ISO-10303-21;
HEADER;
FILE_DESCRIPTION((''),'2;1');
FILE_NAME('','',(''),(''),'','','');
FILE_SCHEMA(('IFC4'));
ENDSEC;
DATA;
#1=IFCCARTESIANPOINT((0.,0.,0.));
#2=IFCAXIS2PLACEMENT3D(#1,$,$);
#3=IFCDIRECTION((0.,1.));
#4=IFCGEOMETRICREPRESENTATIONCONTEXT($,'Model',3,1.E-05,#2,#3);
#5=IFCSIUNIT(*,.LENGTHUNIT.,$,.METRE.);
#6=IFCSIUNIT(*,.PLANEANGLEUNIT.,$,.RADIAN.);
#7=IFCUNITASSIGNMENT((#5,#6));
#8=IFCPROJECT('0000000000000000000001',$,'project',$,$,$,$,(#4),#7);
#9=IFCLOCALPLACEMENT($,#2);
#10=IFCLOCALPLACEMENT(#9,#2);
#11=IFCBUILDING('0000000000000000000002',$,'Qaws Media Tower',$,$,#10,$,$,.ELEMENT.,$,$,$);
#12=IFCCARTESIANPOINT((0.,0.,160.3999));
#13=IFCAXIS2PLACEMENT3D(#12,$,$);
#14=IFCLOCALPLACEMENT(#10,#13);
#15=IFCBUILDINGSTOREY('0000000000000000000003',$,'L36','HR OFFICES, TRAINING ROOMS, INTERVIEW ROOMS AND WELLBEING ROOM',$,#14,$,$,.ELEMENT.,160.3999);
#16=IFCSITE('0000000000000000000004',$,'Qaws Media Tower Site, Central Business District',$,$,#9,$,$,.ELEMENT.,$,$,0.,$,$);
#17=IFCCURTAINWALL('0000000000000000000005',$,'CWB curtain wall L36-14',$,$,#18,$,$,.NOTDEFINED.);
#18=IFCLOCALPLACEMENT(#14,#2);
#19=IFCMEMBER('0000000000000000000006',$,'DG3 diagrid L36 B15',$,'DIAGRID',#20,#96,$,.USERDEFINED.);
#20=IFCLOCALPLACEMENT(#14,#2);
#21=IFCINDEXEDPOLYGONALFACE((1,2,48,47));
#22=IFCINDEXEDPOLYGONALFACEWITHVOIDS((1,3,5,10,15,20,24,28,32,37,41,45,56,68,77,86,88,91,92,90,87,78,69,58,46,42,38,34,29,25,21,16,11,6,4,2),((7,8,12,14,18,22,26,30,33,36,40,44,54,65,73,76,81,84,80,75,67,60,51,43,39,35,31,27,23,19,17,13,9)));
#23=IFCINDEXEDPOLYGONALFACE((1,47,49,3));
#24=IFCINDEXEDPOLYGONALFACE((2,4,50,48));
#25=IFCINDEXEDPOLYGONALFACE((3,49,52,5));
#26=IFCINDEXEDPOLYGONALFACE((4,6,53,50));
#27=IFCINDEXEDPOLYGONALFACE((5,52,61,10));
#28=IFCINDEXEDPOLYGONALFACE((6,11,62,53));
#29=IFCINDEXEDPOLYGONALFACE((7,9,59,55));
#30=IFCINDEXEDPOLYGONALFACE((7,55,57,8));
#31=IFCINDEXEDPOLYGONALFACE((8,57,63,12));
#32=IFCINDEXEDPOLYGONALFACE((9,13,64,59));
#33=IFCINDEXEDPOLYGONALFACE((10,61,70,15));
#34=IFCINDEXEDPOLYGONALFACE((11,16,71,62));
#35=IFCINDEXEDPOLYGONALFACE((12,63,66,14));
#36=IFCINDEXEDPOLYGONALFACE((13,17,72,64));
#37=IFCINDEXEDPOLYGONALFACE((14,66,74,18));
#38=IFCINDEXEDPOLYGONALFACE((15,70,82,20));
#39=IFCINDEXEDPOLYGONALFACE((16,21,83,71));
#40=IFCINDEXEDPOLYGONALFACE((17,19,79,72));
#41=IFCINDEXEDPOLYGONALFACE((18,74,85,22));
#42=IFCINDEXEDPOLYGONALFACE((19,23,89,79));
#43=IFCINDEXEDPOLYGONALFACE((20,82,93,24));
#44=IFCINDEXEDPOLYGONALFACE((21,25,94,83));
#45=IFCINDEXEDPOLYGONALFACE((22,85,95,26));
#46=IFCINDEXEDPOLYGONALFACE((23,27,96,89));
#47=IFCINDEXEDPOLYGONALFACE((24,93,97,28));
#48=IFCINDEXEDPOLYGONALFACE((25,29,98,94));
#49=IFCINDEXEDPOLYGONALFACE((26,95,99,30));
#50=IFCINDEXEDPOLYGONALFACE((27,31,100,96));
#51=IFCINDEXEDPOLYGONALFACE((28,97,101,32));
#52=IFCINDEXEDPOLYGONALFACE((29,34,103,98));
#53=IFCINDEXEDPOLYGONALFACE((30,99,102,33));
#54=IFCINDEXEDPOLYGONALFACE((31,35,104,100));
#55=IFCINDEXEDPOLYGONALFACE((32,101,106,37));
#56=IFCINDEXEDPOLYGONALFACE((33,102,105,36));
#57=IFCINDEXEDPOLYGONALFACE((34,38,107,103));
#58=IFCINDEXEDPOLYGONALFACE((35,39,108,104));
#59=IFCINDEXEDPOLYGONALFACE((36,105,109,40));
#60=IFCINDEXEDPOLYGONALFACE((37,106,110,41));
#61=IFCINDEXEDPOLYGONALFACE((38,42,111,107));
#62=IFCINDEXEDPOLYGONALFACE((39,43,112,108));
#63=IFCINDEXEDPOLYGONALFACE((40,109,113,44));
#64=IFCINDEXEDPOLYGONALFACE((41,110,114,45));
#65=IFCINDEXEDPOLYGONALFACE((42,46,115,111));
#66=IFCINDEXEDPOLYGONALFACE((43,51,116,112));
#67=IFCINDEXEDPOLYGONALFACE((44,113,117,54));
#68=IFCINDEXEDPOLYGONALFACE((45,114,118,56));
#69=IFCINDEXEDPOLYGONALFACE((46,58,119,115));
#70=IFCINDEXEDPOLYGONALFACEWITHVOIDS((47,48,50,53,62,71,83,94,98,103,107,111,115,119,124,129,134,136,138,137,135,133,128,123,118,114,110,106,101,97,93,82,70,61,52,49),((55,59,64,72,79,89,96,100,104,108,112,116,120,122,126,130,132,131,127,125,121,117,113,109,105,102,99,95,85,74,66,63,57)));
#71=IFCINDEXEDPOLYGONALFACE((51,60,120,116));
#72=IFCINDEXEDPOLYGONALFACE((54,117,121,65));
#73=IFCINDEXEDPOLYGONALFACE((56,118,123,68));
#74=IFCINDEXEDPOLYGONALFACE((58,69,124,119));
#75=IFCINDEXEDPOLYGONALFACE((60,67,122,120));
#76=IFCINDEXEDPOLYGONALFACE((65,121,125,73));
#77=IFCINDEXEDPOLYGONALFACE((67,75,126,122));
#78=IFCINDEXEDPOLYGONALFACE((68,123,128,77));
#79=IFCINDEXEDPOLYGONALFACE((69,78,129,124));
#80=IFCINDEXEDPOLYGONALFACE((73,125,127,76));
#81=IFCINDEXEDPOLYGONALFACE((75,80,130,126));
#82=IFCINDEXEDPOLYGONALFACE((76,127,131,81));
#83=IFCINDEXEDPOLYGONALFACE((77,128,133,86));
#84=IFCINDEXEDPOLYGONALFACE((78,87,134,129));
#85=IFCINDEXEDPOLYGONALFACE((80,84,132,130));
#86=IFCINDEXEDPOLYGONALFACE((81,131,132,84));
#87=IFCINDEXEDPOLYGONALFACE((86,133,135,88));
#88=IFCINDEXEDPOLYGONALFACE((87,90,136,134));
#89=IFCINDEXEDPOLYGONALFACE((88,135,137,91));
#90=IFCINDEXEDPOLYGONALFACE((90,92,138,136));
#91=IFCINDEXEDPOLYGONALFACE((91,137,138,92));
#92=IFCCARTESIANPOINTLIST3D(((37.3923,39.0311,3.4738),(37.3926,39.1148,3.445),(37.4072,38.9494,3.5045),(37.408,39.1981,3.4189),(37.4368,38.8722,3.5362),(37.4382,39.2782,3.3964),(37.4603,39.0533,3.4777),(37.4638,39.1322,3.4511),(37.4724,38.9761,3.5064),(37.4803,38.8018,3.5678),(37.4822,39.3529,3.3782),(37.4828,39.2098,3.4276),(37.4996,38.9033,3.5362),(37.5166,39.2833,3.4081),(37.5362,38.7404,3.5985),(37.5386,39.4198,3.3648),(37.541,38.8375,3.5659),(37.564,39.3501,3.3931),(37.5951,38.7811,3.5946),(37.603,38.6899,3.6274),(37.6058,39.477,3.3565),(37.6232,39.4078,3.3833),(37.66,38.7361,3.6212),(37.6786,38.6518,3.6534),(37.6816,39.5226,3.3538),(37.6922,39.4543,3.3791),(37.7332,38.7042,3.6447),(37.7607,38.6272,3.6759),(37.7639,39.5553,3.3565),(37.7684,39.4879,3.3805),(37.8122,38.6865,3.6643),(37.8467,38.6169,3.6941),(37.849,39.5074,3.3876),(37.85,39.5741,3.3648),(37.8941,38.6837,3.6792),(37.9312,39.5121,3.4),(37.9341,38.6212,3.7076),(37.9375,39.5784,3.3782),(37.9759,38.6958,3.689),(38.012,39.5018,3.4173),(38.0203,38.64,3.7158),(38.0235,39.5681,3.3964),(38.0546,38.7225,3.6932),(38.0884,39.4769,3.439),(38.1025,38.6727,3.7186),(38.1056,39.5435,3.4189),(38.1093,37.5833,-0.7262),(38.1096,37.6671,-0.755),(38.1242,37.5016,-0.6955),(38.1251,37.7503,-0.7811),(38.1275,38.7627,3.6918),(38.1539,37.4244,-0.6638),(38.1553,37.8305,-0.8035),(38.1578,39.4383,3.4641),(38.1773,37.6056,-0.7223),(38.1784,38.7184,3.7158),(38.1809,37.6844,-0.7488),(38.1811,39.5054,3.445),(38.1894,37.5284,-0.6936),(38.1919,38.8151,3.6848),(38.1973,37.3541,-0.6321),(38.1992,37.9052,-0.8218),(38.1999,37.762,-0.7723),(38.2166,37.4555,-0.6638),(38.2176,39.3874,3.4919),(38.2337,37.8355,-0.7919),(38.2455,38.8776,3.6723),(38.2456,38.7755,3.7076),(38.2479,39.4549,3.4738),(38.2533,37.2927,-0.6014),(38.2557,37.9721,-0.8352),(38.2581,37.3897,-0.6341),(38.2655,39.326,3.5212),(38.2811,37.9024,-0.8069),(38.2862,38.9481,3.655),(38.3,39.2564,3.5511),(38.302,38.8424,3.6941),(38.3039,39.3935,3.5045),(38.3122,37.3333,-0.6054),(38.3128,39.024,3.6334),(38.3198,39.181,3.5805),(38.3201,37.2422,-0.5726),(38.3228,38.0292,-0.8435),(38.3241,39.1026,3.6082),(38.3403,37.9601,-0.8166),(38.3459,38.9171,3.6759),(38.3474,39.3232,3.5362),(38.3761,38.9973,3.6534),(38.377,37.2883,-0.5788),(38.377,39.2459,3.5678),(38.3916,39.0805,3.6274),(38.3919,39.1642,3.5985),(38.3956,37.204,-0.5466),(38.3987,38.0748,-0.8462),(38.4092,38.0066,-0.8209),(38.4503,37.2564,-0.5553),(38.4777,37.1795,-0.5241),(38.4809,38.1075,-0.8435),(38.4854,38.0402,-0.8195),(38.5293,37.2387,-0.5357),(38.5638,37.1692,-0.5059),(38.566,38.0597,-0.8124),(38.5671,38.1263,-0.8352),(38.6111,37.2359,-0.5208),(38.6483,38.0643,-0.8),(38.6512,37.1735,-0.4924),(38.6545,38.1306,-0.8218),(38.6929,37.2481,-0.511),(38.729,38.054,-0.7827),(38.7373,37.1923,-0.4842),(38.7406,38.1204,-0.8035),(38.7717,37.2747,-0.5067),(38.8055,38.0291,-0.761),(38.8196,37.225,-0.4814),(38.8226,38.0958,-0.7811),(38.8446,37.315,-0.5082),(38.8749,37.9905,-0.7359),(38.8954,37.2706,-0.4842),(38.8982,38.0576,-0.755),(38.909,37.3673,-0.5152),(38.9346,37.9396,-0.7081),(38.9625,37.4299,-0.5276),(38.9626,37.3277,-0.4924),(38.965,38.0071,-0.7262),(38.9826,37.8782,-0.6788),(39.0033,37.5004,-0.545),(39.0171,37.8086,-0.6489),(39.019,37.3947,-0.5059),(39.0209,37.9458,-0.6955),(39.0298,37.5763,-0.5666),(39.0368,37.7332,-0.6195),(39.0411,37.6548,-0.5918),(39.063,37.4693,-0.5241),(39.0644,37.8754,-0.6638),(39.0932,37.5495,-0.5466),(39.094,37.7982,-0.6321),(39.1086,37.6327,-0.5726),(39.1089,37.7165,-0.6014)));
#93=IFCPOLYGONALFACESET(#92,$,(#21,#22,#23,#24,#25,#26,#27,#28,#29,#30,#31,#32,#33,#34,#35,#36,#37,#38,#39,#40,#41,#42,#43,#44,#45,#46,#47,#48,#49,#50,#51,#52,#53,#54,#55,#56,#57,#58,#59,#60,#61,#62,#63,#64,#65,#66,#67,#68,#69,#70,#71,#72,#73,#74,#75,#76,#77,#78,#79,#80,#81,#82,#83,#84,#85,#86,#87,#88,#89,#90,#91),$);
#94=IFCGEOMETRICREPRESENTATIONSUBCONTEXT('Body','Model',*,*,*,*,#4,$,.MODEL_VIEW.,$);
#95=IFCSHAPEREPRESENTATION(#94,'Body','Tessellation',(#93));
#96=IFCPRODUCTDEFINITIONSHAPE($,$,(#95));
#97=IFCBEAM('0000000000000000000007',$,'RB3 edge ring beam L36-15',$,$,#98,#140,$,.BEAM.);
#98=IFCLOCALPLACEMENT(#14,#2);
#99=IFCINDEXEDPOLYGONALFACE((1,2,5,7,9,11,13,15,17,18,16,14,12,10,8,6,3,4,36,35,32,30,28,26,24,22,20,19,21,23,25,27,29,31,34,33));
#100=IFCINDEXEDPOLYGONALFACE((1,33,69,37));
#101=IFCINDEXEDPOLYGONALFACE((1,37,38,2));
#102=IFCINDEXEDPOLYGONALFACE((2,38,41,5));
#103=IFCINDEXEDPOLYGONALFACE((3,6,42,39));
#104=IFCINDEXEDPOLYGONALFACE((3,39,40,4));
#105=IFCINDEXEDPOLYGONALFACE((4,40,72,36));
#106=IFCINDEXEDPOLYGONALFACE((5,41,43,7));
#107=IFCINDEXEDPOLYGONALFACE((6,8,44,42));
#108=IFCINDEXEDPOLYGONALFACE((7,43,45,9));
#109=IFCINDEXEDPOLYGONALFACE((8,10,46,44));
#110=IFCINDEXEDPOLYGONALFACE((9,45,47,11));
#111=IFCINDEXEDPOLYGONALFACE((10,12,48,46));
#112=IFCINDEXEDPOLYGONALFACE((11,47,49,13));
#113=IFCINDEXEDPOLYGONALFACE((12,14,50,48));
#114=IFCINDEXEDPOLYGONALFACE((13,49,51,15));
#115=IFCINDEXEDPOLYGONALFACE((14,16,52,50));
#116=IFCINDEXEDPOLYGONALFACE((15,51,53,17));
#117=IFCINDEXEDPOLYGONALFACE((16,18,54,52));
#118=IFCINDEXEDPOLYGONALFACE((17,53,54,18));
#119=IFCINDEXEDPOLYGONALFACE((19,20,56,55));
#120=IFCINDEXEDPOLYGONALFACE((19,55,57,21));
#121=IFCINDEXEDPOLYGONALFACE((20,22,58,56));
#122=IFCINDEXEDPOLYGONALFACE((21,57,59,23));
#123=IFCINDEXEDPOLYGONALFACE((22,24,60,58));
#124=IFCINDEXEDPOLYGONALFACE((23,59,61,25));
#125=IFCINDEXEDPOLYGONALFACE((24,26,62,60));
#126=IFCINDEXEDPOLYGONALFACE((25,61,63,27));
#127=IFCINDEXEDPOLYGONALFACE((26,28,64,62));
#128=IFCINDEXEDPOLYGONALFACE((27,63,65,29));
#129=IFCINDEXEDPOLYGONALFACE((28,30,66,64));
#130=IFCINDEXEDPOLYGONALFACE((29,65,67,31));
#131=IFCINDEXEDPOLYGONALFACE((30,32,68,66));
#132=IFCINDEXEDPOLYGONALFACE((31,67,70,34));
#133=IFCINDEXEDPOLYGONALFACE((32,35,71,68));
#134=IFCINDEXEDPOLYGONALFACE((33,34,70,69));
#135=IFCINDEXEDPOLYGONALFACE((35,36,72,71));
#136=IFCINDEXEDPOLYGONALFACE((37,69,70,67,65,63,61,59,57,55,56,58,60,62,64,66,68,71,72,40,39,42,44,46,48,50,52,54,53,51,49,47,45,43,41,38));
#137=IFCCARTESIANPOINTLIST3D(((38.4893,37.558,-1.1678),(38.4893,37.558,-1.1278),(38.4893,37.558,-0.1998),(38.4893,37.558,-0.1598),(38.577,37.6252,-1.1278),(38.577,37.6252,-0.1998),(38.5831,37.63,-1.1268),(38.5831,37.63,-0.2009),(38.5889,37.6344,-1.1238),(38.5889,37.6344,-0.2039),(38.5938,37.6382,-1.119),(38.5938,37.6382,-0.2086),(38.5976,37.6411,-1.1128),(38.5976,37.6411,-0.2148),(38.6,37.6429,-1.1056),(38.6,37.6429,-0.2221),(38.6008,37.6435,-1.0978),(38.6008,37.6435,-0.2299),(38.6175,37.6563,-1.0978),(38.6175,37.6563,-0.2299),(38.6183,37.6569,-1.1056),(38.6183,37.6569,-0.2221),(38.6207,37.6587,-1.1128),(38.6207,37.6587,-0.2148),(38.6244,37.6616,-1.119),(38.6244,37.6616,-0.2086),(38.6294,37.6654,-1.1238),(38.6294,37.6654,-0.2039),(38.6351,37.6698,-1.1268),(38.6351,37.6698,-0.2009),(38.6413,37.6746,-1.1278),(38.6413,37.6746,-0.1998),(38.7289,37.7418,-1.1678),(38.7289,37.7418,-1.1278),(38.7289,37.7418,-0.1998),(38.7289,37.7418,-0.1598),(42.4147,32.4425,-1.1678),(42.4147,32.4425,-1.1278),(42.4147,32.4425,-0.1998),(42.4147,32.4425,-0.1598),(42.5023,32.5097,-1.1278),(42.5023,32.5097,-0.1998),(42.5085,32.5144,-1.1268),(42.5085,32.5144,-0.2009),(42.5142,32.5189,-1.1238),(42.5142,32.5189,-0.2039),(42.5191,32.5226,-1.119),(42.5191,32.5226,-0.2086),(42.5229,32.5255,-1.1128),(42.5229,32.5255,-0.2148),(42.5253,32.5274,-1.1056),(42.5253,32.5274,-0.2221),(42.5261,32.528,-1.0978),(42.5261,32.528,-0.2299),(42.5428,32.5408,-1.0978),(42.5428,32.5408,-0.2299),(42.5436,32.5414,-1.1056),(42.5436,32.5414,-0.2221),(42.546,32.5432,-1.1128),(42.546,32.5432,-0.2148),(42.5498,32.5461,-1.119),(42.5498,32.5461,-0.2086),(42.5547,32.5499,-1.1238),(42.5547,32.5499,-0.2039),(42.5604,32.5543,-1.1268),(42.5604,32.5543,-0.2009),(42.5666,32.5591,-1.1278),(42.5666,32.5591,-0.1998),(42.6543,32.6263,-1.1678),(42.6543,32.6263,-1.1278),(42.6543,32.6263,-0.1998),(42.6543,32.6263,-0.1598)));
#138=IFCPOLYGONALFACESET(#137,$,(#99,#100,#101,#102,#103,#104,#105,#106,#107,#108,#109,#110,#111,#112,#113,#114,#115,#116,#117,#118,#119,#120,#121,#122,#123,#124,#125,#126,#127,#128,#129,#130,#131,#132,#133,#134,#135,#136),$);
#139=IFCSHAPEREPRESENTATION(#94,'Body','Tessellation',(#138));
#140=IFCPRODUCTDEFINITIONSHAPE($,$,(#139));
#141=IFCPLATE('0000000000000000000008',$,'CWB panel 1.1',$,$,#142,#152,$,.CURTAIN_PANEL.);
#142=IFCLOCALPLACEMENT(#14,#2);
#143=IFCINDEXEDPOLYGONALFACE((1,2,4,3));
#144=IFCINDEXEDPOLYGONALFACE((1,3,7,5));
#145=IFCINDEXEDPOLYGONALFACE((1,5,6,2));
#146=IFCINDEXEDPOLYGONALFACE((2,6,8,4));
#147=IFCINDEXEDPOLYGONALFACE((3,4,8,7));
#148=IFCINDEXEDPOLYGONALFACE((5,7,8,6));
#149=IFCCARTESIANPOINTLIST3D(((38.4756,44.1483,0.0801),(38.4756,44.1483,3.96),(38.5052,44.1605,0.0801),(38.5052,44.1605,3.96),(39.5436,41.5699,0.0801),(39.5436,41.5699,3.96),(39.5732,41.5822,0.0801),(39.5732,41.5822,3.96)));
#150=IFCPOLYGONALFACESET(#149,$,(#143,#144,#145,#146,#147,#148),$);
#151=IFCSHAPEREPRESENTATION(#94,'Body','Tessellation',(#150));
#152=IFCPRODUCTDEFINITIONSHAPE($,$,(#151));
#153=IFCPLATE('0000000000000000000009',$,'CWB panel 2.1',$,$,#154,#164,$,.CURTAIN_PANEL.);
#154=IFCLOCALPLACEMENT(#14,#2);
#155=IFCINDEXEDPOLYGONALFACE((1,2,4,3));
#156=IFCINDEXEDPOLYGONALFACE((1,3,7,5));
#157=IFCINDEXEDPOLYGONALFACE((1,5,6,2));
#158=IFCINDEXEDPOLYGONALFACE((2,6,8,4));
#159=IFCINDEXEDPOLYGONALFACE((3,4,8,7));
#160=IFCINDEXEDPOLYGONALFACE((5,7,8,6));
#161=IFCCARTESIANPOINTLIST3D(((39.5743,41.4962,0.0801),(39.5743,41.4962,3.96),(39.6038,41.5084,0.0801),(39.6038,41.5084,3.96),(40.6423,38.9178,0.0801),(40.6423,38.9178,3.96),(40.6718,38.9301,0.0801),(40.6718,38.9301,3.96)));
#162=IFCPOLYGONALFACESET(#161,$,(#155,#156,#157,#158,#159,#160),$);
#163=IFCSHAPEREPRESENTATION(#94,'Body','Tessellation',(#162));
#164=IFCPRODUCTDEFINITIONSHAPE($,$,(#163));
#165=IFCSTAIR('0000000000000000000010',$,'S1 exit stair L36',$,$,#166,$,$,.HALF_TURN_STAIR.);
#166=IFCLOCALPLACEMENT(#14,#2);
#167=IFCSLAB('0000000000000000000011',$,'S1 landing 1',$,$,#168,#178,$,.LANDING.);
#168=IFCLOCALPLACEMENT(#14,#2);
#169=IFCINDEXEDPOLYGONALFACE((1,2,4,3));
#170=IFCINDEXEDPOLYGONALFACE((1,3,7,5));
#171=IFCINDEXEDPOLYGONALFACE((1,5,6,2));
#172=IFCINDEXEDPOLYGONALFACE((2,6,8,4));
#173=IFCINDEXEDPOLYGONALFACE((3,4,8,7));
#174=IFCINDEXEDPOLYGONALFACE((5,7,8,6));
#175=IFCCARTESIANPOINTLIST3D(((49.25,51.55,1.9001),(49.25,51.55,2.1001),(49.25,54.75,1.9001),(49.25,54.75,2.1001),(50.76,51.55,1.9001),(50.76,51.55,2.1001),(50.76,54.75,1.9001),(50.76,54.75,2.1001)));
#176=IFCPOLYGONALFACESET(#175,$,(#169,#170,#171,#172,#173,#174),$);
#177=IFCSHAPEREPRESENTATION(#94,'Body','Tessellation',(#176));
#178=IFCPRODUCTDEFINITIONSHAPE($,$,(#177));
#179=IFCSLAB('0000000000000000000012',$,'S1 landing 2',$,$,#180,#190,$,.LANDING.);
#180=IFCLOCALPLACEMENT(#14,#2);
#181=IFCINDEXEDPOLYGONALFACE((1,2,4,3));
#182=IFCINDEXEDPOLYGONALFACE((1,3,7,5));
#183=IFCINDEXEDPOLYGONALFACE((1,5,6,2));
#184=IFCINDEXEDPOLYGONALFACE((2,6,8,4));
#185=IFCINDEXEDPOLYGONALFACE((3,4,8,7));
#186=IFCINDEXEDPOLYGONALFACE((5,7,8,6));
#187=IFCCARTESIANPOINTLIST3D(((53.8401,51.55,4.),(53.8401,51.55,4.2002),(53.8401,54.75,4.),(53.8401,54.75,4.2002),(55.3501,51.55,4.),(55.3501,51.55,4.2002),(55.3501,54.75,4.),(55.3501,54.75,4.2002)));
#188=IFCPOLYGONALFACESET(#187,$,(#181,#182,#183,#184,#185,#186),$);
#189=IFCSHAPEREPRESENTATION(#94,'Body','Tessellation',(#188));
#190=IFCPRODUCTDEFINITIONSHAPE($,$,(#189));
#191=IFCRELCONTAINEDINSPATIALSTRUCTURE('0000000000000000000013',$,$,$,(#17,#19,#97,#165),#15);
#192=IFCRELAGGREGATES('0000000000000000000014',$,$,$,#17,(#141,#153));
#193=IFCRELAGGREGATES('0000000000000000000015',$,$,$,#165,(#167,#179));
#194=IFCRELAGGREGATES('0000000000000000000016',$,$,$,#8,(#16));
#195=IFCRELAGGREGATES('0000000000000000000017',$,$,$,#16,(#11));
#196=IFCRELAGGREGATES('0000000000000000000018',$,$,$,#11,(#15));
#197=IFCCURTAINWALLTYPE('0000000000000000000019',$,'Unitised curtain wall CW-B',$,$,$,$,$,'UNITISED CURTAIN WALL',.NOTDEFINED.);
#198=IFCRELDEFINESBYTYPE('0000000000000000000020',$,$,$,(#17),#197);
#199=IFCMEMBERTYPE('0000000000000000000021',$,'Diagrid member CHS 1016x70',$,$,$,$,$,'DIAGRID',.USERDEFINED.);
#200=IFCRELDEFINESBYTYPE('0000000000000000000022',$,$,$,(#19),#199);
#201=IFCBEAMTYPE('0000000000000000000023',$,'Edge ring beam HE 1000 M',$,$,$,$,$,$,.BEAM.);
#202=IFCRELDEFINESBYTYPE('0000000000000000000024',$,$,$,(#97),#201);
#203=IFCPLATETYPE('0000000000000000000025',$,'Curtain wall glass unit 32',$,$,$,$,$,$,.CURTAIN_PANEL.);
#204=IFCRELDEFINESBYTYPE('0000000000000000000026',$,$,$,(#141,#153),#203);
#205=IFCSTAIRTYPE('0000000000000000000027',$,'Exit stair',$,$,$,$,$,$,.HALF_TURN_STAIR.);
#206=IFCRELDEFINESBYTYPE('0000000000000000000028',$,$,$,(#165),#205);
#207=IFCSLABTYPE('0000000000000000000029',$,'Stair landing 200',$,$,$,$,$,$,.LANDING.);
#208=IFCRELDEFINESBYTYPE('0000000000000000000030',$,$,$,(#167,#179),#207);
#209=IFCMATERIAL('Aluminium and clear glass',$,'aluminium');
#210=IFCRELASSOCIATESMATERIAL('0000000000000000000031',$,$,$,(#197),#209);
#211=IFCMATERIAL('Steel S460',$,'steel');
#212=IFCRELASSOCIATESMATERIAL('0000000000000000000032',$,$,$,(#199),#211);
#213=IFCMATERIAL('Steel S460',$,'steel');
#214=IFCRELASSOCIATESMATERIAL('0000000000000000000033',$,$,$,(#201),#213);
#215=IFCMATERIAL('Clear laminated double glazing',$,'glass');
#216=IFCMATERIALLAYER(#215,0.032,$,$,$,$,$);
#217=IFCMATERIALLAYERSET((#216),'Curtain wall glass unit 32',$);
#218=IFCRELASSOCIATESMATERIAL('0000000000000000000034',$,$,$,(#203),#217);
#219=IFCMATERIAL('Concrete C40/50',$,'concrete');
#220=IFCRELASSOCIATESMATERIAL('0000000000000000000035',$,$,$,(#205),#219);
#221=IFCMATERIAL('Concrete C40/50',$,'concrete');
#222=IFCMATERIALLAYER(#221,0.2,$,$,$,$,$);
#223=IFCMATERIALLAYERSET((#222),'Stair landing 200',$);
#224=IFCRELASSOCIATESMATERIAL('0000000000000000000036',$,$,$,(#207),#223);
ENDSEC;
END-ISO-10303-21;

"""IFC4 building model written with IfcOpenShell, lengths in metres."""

from ifc_helpers import new_model, si_unit, direction, frame, origin, origin_2d, place, context, subcontext, project, spatial, polyline, rectangle, hollow_circle, i_section, outline, extrude, material, layer, layer_set, material_profile, profile_set, type_object, element, aggregate, save


model = new_model("IFC4")

# Units and contexts
model_context = context("Model", 3, precision=1e-05, world=origin(), true_north=direction((0.0, 1.0)))
body_context = subcontext(model_context, "Body", "Model", "MODEL_VIEW")
ifc_project = project(units=[si_unit("LENGTHUNIT", "METRE"), si_unit("PLANEANGLEUNIT", "RADIAN")], contexts=[model_context])

# Site, building, storey
site_placement = place(None, origin())
site = spatial("IfcSite", under=ifc_project, at=site_placement, Name="Qaws Media Tower Site, Central Business District", CompositionType="ELEMENT", RefElevation=0.0)
building_placement = place(site_placement, origin())
building = spatial("IfcBuilding", under=site, at=building_placement, Name="Qaws Media Tower", CompositionType="ELEMENT")
storey_placement = place(building_placement, frame((0.0, 0.0, 160.3999)))
storey = spatial("IfcBuildingStorey", under=building, at=storey_placement, Name="L36", Description="HR OFFICES, TRAINING ROOMS, INTERVIEW ROOMS AND WELLBEING ROOM", CompositionType="ELEMENT", Elevation=160.3999)

# Curtain wall
ifc_material_1 = material(Name="Aluminium and clear glass", Category="aluminium")
curtain_wall_type = type_object("IfcCurtainWallType", Name="Unitised curtain wall CW-B", ElementType="UNITISED CURTAIN WALL", PredefinedType="NOTDEFINED", material=ifc_material_1)
curtain_wall_placement = place(storey_placement, origin())
curtain_wall = element("IfcCurtainWall", 1, at=curtain_wall_placement, inside=storey, type_object=curtain_wall_type, Name="CWB curtain wall L36-14", PredefinedType="NOTDEFINED")

# Member
ifc_material_2 = material(Name="Steel S460", Category="steel")
ifc_material_profile_1 = material_profile(ifc_material_2, hollow_circle(Radius=0.5081, WallThickness=0.0701, at=origin_2d()), Name="CHS 1016x70")
ifc_profile_set_1 = profile_set([ifc_material_profile_1], Name="Steel S460")
member_type_1 = type_object("IfcMemberType", Name="Diagrid member CHS 1016x70", ElementType="DIAGRID", PredefinedType="USERDEFINED", material=ifc_profile_set_1)
for number, where, z_axis, x_axis, name in (
    (2, (38.6091, 37.6499, -0.6638), (-0.159344, 0.321725, 0.933329), (-0.896113, -0.443825, 0.0), "DG3 diagrid L36 B15"),
):
    element("IfcMember", number, at=place(storey_placement, frame(where, z_axis=z_axis, x_axis=x_axis)), inside=storey, type_object=member_type_1, Name=name, ObjectType="DIAGRID", PredefinedType="USERDEFINED", context=body_context, shape_type="SweptSolid", body=[
        extrude(hollow_circle(Radius=0.5081, WallThickness=0.0701, at=origin_2d()), origin(), (0.0, 0.0, 1.0), 4.5),
    ])

# Beam
ifc_material_3 = material(Name="Steel S460", Category="steel")
ifc_material_profile_2 = material_profile(ifc_material_3, i_section(OverallWidth=0.302, OverallDepth=1.0081, WebThickness=0.021, FlangeThickness=0.04, FilletRadius=0.03, at=origin_2d()), Name="HE 1000 M")
ifc_profile_set_2 = profile_set([ifc_material_profile_2], Name="Steel S460")
beam_type = type_object("IfcBeamType", Name="Edge ring beam HE 1000 M", PredefinedType="BEAM", material=ifc_profile_set_2)
beam_placement = place(storey_placement, frame((38.6091, 37.6499, -0.6638), z_axis=(0.608766, -0.79335, 0.0), x_axis=(0.79335, 0.608766, 0.0)))
element("IfcBeam", 3, at=beam_placement, inside=storey, type_object=beam_type, Name="RB3 edge ring beam L36-15", PredefinedType="BEAM", context=body_context, shape_type="SweptSolid", body=[
    extrude(i_section(OverallWidth=0.302, OverallDepth=1.0081, WebThickness=0.021, FlangeThickness=0.04, FilletRadius=0.03, at=origin_2d()), origin(), (0.0, 0.0, 1.0), 6.448),
])

# Plates
ifc_material_4 = material(Name="Clear laminated double glazing", Category="glass")
ifc_layer_1 = layer(ifc_material_4, 0.032)
ifc_layer_set_1 = layer_set([ifc_layer_1], Name="Curtain wall glass unit 32")
plate_type = type_object("IfcPlateType", Name="Curtain wall glass unit 32", PredefinedType="CURTAIN_PANEL", material=ifc_layer_set_1)
plate_1_placement = place(storey_placement, frame((39.0244, 42.8652, 0.0801), z_axis=(0.0, 0.0, 1.0), x_axis=(0.382683, -0.92388, 0.0)))
plate_1 = element("IfcPlate", 4, at=plate_1_placement, type_object=plate_type, Name="CWB panel 1.1", PredefinedType="CURTAIN_PANEL", context=body_context, shape_type="SweptSolid", body=[
    extrude(rectangle(XDim=2.7908, YDim=0.032, at=origin_2d()), origin(), (0.0, 0.0, 1.0), 3.8799),
])
plate_2_placement = place(storey_placement, frame((40.123, 40.2131, 0.0801), z_axis=(0.0, 0.0, 1.0), x_axis=(0.382683, -0.92388, 0.0)))
plate_2 = element("IfcPlate", 5, at=plate_2_placement, type_object=plate_type, Name="CWB panel 2.1", PredefinedType="CURTAIN_PANEL", context=body_context, shape_type="SweptSolid", body=[
    extrude(rectangle(XDim=2.7908, YDim=0.032, at=origin_2d()), origin(), (0.0, 0.0, 1.0), 3.8799),
])
aggregate(curtain_wall, [plate_1, plate_2])

# Stair, slabs
ifc_material_5 = material(Name="Concrete C40/50", Category="concrete")
stair_type = type_object("IfcStairType", Name="Exit stair", PredefinedType="HALF_TURN_STAIR", material=ifc_material_5)
stair_1_placement = place(storey_placement, origin())
stair_1 = element("IfcStair", 6, at=stair_1_placement, inside=storey, type_object=stair_type, Name="S1 exit stair L36", PredefinedType="HALF_TURN_STAIR")
ifc_material_6 = material(Name="Concrete C40/50", Category="concrete")
ifc_layer_2 = layer(ifc_material_6, 0.2)
ifc_layer_set_2 = layer_set([ifc_layer_2], Name="Stair landing 200")
slab_type = type_object("IfcSlabType", Name="Stair landing 200", PredefinedType="LANDING", material=ifc_layer_set_2)
slab_1_placement = place(storey_placement, frame((0.0, 0.0, 1.9001)))
slab_1 = element("IfcSlab", 7, at=slab_1_placement, type_object=slab_type, Name="S1 landing 1", PredefinedType="LANDING", context=body_context, shape_type="SweptSolid", body=[
    extrude(outline(polyline([(49.25, 51.55), (50.76, 51.55), (50.76, 54.75), (49.25, 54.75), (49.25, 51.55)])), origin(), (0.0, 0.0, 1.0), 0.2),
])
slab_2_placement = place(storey_placement, frame((0.0, 0.0, 4.0)))
slab_2 = element("IfcSlab", 8, at=slab_2_placement, type_object=slab_type, Name="S1 landing 2", PredefinedType="LANDING", context=body_context, shape_type="SweptSolid", body=[
    extrude(outline(polyline([(53.8401, 51.55), (55.3501, 51.55), (55.3501, 54.75), (53.8401, 54.75), (53.8401, 51.55)])), origin(), (0.0, 0.0, 1.0), 0.2002),
])
aggregate(stair_1, [slab_1, slab_2])

save(model, "model.ifc")
